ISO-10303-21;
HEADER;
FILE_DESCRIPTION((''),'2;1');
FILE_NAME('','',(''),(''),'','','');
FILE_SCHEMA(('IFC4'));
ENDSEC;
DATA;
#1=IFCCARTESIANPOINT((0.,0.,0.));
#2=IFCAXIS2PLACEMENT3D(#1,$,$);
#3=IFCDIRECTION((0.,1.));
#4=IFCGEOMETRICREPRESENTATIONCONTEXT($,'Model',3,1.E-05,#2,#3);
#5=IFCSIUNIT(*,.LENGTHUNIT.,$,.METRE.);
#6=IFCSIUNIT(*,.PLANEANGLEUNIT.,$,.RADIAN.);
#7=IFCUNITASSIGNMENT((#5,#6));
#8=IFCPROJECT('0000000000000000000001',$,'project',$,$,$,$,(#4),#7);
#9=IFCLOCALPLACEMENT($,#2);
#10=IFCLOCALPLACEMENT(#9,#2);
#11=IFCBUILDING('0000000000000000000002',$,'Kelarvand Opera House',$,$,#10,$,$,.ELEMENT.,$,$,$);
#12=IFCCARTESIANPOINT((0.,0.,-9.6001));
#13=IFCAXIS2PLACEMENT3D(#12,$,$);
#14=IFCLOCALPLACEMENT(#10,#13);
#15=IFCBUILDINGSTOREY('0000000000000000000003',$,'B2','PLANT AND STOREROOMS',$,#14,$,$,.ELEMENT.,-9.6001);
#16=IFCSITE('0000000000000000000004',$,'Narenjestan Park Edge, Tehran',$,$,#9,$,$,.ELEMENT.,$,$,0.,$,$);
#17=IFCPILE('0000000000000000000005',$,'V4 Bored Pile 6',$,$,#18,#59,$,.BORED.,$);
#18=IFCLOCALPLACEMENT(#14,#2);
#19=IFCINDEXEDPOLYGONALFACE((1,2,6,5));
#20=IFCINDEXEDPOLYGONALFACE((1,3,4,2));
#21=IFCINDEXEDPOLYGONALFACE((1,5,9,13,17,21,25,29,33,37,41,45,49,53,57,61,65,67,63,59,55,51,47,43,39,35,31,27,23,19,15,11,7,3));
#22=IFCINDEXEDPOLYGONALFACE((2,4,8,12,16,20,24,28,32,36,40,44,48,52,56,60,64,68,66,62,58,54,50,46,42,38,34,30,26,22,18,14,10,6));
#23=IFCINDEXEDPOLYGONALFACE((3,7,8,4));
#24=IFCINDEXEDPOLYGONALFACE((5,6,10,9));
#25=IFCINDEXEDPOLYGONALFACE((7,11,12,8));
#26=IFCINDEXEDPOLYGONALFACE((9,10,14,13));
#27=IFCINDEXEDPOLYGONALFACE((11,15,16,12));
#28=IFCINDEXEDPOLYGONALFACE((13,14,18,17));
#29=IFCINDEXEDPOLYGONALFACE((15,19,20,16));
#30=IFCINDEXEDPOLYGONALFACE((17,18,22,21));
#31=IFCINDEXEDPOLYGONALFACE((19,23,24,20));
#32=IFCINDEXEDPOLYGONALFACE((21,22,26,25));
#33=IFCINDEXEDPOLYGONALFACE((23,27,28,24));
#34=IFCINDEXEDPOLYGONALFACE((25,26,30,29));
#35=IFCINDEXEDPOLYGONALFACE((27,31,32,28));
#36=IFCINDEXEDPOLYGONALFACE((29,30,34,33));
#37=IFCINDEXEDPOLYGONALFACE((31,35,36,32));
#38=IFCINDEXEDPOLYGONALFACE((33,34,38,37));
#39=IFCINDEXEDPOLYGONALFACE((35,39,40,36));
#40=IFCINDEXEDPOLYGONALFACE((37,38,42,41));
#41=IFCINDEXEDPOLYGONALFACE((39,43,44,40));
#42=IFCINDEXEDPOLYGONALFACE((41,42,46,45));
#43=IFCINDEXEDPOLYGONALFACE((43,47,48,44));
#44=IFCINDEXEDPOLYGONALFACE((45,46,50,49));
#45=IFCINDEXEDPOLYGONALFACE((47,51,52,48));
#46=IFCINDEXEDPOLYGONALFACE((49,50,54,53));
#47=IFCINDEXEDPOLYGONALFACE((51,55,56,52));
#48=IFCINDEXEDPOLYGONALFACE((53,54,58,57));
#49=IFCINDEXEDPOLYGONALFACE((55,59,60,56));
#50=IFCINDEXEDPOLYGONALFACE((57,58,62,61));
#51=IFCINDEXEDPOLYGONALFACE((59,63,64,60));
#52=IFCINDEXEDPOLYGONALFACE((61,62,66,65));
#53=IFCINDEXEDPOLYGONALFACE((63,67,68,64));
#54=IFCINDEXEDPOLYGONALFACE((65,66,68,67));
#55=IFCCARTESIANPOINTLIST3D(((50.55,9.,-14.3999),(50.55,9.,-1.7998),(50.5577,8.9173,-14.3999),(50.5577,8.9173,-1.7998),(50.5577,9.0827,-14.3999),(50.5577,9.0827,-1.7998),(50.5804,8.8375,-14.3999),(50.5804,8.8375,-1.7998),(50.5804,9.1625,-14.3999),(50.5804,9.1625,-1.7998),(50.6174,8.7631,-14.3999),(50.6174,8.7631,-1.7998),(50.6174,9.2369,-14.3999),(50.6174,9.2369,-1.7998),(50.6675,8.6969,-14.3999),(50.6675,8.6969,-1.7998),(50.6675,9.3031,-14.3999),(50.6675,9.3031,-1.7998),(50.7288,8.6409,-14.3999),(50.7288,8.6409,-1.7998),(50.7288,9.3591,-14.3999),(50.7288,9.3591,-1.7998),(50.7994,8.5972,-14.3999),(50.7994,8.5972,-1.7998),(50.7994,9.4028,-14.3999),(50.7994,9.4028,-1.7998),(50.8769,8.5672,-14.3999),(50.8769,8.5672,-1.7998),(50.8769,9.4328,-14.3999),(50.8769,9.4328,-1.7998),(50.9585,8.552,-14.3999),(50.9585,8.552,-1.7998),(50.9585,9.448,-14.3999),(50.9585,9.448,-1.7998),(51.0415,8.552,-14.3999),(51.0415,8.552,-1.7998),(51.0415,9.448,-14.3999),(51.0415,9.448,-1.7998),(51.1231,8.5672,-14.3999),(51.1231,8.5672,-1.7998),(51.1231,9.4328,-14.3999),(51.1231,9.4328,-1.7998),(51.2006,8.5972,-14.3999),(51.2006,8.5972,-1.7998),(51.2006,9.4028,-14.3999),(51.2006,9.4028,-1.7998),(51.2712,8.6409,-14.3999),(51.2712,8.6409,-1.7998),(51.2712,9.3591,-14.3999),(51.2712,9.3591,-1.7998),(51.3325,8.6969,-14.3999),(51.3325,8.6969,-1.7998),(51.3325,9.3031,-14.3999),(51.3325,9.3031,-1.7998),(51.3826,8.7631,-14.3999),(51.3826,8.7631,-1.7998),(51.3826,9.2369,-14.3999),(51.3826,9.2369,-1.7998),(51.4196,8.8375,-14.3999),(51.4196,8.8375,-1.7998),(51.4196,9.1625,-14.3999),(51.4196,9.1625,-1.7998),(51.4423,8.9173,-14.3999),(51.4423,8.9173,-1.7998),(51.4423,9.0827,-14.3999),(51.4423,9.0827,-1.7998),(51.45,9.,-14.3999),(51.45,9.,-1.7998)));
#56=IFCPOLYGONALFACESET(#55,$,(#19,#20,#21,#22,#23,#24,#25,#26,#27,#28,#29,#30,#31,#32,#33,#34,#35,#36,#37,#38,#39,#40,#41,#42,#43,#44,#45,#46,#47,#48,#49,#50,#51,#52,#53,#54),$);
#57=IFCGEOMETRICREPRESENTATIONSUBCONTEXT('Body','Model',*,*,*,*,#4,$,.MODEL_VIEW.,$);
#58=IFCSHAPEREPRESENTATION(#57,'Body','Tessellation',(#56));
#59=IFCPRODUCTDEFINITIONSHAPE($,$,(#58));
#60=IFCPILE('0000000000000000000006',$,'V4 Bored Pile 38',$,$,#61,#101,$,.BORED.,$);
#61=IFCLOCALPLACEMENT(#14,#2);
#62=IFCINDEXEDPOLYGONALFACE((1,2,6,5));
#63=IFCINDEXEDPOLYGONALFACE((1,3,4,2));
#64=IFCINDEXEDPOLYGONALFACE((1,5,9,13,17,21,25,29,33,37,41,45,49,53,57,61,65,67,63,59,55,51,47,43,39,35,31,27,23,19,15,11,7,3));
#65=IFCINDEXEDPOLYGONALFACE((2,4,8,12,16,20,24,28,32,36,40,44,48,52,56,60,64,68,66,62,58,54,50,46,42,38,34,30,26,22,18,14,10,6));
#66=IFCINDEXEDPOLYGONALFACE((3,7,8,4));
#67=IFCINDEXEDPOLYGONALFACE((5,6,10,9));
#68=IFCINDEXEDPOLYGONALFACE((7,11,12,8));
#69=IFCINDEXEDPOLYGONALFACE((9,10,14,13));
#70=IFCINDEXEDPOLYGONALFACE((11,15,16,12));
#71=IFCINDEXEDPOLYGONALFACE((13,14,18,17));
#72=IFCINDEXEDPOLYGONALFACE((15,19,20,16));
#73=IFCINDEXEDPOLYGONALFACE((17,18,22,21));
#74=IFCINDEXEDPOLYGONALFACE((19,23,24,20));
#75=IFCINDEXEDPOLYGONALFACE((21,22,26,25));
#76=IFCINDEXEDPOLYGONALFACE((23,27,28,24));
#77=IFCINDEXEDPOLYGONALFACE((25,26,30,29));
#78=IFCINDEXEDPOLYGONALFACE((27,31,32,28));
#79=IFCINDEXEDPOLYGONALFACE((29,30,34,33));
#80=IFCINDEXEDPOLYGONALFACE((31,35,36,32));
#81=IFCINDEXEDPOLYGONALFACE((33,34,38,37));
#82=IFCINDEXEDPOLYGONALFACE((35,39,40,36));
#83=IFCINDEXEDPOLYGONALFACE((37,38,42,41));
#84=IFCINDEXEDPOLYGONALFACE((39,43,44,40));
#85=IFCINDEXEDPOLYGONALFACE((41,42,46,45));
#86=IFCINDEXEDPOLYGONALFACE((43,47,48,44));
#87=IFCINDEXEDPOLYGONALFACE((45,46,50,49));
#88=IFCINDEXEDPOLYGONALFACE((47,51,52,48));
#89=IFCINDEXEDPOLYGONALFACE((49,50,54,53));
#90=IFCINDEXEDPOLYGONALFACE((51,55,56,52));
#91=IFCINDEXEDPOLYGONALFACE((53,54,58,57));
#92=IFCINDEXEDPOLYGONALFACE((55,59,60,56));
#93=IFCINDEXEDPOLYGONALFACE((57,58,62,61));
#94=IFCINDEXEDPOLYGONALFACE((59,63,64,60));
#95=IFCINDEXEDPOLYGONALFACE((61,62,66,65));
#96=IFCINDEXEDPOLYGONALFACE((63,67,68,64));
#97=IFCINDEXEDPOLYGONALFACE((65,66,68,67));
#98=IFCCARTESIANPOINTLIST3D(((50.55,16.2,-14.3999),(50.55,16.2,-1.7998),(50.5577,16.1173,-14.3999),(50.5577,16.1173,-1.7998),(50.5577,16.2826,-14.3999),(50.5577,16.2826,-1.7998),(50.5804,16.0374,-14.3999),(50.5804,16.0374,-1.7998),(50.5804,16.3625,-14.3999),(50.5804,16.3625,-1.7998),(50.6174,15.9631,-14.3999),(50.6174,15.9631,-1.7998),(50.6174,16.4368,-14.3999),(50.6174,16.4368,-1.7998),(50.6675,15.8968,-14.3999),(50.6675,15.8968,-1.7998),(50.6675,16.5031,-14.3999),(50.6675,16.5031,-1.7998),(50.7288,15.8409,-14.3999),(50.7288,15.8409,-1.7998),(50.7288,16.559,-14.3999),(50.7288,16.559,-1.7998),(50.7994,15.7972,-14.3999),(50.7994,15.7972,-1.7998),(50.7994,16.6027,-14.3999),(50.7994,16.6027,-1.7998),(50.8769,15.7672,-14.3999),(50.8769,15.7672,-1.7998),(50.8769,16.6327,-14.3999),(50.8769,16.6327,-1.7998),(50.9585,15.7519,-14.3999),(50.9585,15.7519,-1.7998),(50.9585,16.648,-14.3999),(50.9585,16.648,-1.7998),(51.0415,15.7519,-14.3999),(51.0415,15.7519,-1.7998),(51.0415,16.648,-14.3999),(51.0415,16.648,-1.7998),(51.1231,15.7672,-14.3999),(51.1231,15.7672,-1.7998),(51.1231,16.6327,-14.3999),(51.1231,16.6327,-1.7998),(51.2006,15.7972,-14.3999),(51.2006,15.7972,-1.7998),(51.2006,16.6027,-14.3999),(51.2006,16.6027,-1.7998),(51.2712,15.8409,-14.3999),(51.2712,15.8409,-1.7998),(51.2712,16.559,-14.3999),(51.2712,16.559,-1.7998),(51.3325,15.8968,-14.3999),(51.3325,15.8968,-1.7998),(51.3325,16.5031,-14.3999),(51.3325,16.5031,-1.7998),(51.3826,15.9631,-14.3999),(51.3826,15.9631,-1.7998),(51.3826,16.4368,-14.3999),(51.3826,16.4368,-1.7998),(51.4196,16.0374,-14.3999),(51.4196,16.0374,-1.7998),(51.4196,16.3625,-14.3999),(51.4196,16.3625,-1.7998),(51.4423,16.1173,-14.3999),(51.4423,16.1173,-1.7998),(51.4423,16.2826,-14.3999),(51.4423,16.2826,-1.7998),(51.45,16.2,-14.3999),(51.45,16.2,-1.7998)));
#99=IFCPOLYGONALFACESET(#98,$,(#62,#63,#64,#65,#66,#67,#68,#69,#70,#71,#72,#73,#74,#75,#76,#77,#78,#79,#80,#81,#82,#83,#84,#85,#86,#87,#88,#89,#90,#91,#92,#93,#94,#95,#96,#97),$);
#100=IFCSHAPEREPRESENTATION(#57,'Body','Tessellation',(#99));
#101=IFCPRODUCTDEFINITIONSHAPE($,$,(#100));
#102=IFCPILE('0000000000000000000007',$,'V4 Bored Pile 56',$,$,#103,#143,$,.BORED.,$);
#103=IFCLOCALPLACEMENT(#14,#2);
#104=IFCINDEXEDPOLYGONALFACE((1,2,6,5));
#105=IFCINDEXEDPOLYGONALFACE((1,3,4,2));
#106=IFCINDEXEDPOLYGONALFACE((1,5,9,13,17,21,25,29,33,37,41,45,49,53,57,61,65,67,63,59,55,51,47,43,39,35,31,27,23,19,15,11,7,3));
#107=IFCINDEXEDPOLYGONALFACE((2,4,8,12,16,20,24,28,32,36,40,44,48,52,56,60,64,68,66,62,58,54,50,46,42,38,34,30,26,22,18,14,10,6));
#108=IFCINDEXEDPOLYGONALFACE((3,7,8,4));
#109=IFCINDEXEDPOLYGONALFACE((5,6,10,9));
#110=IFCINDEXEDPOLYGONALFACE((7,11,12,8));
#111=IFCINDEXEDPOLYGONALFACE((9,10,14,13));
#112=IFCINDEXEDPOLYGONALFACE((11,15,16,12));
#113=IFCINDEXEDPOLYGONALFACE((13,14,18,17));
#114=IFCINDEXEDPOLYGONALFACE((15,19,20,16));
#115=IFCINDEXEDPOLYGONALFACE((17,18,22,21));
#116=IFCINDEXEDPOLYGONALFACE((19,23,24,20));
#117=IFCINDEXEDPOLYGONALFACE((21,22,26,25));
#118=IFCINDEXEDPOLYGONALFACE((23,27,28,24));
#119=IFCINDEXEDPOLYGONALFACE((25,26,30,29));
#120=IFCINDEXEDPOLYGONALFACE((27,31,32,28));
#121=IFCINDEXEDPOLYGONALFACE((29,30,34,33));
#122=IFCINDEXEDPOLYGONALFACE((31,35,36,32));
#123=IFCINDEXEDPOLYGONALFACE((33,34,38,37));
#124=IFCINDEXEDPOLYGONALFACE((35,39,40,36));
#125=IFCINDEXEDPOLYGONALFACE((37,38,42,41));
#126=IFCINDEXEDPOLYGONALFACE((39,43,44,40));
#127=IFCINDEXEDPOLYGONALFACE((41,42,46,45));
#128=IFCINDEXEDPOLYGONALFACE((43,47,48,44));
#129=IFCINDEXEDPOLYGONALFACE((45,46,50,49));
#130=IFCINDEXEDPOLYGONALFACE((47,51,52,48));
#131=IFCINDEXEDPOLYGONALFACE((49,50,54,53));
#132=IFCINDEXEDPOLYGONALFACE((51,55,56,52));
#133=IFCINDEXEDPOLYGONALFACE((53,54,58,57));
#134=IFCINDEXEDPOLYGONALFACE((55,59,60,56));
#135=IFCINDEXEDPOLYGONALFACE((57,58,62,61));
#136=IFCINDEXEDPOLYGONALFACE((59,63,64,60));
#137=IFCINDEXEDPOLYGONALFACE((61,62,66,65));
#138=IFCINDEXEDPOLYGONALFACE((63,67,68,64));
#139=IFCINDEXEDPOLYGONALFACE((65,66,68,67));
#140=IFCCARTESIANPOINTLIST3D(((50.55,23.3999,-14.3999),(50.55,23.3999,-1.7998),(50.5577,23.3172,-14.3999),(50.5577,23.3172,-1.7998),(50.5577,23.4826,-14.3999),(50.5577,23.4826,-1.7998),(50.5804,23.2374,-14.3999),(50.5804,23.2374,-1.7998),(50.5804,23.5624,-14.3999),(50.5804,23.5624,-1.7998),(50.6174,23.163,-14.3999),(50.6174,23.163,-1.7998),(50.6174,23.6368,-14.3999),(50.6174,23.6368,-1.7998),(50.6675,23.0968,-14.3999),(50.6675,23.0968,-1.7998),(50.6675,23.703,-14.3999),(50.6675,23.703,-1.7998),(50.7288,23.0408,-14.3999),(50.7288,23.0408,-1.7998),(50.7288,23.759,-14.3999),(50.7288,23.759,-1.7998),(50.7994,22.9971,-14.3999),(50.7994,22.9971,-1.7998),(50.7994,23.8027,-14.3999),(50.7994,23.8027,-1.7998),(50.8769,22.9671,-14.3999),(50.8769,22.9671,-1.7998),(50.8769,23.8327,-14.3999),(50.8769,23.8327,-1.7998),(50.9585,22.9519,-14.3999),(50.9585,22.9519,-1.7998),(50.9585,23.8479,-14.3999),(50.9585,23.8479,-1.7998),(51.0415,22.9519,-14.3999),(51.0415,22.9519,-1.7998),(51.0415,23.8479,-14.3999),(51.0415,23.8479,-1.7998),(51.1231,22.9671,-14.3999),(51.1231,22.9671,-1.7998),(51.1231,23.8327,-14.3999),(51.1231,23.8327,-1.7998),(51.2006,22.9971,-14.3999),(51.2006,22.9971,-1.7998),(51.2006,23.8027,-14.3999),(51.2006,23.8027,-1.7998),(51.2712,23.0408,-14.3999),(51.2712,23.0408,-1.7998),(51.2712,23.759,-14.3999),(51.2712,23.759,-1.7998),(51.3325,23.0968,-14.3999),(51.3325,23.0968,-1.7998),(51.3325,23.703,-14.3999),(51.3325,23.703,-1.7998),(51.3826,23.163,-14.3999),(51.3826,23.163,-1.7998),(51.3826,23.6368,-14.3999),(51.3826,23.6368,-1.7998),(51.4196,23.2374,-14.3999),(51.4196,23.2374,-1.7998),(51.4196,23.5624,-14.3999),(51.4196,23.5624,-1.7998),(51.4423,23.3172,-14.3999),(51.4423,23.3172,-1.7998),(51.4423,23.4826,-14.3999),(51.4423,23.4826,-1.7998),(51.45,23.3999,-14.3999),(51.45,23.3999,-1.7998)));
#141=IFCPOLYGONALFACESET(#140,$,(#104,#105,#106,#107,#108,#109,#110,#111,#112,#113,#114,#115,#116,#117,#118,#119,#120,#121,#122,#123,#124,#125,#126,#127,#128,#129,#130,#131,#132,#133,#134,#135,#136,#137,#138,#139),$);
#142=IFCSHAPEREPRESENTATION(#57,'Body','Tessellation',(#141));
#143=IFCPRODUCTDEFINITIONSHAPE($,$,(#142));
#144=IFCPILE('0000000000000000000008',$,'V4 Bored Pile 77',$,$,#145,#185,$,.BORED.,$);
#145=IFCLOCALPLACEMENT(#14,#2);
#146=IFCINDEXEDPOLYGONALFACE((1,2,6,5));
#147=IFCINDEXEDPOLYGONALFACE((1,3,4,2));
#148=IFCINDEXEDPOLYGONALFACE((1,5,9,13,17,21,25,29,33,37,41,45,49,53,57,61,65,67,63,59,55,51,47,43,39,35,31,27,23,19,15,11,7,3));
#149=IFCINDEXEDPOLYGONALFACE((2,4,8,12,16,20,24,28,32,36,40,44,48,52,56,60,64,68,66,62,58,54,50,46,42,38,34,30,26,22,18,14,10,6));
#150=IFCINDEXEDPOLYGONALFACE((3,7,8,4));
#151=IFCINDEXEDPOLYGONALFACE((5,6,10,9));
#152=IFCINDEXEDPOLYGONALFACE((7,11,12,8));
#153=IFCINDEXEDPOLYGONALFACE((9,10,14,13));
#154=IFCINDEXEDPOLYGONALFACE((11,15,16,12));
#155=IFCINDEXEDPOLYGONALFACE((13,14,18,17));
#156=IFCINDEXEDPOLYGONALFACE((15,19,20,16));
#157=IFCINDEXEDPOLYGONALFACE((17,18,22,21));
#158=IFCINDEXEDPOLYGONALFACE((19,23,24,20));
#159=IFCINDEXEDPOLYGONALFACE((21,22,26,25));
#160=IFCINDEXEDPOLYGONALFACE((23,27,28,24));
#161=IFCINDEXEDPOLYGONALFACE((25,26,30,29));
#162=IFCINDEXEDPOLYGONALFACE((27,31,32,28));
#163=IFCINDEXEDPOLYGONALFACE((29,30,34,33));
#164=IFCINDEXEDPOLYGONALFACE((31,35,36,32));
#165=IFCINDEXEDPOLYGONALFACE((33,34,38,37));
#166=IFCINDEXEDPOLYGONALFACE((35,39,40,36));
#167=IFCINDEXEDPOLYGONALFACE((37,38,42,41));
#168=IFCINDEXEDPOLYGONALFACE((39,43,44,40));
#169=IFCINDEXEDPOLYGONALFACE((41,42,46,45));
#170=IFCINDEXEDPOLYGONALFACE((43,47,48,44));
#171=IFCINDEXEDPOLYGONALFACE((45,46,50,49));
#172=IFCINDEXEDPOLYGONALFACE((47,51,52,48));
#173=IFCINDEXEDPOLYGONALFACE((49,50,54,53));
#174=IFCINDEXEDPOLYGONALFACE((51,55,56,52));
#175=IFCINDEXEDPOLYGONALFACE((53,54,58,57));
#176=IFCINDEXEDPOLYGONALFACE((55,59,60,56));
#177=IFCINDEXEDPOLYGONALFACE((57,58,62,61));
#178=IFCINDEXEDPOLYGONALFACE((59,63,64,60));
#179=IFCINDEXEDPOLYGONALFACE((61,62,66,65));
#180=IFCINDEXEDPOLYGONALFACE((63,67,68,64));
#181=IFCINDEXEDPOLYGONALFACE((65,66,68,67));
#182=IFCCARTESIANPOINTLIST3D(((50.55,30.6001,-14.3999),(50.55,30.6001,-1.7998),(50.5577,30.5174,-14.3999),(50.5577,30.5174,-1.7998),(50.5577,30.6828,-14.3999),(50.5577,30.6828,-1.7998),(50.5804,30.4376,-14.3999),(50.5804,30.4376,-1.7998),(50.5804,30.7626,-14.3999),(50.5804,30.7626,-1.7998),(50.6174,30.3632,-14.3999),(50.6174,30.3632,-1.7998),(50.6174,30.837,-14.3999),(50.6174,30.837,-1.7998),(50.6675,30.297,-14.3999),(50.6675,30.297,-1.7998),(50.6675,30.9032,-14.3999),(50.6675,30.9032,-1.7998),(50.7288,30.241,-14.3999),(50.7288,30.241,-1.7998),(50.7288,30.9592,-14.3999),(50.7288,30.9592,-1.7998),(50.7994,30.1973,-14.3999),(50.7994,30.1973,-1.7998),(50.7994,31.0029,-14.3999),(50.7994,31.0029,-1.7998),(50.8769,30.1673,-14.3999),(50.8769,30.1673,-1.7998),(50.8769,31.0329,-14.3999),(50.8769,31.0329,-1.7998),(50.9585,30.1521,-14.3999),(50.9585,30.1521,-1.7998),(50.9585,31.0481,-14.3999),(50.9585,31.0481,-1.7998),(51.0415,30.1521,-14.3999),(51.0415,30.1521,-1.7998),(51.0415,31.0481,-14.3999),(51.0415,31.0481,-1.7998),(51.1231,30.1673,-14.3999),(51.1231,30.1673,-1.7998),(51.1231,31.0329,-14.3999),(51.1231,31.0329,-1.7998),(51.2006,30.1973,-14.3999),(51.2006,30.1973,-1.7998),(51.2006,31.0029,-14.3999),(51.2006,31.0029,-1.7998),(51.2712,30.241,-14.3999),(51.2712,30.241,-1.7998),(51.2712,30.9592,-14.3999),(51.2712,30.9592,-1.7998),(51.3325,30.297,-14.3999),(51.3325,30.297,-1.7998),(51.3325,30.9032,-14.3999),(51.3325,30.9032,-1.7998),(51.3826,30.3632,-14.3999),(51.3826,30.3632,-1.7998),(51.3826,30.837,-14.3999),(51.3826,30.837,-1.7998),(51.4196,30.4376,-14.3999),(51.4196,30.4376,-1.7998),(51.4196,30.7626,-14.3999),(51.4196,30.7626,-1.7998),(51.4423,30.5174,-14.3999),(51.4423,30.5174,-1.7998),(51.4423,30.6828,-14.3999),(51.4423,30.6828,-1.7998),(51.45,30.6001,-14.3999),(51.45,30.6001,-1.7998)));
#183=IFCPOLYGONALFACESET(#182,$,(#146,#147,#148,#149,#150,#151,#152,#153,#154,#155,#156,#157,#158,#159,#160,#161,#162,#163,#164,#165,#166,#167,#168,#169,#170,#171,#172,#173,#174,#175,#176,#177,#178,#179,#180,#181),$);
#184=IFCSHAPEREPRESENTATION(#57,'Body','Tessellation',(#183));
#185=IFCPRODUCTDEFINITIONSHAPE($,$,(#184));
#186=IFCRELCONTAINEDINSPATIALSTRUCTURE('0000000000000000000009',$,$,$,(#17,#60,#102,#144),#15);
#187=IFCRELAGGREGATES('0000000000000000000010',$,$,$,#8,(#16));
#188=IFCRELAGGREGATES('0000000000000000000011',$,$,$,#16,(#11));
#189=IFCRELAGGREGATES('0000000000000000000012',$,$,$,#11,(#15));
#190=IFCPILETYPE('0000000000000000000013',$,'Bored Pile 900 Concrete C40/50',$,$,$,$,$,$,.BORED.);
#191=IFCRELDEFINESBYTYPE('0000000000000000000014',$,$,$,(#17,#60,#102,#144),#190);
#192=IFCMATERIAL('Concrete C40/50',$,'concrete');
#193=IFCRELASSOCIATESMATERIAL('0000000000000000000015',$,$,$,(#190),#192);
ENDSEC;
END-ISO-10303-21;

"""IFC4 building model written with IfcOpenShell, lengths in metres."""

from ifc_helpers import new_model, si_unit, direction, frame, origin, origin_2d, place, context, subcontext, project, spatial, circle, extrude, material, material_profile, profile_set, type_object, element, save


model = new_model("IFC4")

# Units and contexts
model_context = context("Model", 3, precision=1e-05, world=origin(), true_north=direction((0.0, 1.0)))
body_context = subcontext(model_context, "Body", "Model", "MODEL_VIEW")
ifc_project = project(units=[si_unit("LENGTHUNIT", "METRE"), si_unit("PLANEANGLEUNIT", "RADIAN")], contexts=[model_context])

# Site, building, storey
site_placement = place(None, origin())
site = spatial("IfcSite", under=ifc_project, at=site_placement, Name="Narenjestan Park Edge, Tehran", CompositionType="ELEMENT", RefElevation=0.0)
building_placement = place(site_placement, origin())
building = spatial("IfcBuilding", under=site, at=building_placement, Name="Kelarvand Opera House", CompositionType="ELEMENT")
storey_placement = place(building_placement, frame((0.0, 0.0, -9.6001)))
storey = spatial("IfcBuildingStorey", under=building, at=storey_placement, Name="B2", Description="PLANT AND STOREROOMS", CompositionType="ELEMENT", Elevation=-9.6001)

# Piles
ifc_material_1 = material(Name="Concrete C40/50", Category="concrete")
ifc_material_profile_1 = material_profile(ifc_material_1, circle(Radius=0.45, at=origin_2d()), Name="BP 900", Category="concrete")
ifc_profile_set_1 = profile_set([ifc_material_profile_1], Name="Concrete C40/50")
pile_type = type_object("IfcPileType", Name="Bored Pile 900 Concrete C40/50", PredefinedType="BORED", material=ifc_profile_set_1)
for number, where, z_axis, x_axis, name in (
    (1, (51.0, 9.0, -1.7998), (0.0, 0.0, -1.0), (1.0, 0.0, 0.0), "V4 Bored Pile 6"),
    (2, (51.0, 16.2, -1.7998), (0.0, 0.0, -1.0), (1.0, 0.0, 0.0), "V4 Bored Pile 38"),
    (3, (51.0, 23.3999, -1.7998), (0.0, 0.0, -1.0), (1.0, 0.0, 0.0), "V4 Bored Pile 56"),
    (4, (51.0, 30.6001, -1.7998), (0.0, 0.0, -1.0), (1.0, 0.0, 0.0), "V4 Bored Pile 77"),
):
    element("IfcPile", number, at=place(storey_placement, frame(where, z_axis=z_axis, x_axis=x_axis)), inside=storey, type_object=pile_type, Name=name, PredefinedType="BORED", context=body_context, shape_type="SweptSolid", body=[
        extrude(circle(Radius=0.45, at=origin_2d()), origin(), (0.0, 0.0, 1.0), 12.6001),
    ])

save(model, "model.ifc")
